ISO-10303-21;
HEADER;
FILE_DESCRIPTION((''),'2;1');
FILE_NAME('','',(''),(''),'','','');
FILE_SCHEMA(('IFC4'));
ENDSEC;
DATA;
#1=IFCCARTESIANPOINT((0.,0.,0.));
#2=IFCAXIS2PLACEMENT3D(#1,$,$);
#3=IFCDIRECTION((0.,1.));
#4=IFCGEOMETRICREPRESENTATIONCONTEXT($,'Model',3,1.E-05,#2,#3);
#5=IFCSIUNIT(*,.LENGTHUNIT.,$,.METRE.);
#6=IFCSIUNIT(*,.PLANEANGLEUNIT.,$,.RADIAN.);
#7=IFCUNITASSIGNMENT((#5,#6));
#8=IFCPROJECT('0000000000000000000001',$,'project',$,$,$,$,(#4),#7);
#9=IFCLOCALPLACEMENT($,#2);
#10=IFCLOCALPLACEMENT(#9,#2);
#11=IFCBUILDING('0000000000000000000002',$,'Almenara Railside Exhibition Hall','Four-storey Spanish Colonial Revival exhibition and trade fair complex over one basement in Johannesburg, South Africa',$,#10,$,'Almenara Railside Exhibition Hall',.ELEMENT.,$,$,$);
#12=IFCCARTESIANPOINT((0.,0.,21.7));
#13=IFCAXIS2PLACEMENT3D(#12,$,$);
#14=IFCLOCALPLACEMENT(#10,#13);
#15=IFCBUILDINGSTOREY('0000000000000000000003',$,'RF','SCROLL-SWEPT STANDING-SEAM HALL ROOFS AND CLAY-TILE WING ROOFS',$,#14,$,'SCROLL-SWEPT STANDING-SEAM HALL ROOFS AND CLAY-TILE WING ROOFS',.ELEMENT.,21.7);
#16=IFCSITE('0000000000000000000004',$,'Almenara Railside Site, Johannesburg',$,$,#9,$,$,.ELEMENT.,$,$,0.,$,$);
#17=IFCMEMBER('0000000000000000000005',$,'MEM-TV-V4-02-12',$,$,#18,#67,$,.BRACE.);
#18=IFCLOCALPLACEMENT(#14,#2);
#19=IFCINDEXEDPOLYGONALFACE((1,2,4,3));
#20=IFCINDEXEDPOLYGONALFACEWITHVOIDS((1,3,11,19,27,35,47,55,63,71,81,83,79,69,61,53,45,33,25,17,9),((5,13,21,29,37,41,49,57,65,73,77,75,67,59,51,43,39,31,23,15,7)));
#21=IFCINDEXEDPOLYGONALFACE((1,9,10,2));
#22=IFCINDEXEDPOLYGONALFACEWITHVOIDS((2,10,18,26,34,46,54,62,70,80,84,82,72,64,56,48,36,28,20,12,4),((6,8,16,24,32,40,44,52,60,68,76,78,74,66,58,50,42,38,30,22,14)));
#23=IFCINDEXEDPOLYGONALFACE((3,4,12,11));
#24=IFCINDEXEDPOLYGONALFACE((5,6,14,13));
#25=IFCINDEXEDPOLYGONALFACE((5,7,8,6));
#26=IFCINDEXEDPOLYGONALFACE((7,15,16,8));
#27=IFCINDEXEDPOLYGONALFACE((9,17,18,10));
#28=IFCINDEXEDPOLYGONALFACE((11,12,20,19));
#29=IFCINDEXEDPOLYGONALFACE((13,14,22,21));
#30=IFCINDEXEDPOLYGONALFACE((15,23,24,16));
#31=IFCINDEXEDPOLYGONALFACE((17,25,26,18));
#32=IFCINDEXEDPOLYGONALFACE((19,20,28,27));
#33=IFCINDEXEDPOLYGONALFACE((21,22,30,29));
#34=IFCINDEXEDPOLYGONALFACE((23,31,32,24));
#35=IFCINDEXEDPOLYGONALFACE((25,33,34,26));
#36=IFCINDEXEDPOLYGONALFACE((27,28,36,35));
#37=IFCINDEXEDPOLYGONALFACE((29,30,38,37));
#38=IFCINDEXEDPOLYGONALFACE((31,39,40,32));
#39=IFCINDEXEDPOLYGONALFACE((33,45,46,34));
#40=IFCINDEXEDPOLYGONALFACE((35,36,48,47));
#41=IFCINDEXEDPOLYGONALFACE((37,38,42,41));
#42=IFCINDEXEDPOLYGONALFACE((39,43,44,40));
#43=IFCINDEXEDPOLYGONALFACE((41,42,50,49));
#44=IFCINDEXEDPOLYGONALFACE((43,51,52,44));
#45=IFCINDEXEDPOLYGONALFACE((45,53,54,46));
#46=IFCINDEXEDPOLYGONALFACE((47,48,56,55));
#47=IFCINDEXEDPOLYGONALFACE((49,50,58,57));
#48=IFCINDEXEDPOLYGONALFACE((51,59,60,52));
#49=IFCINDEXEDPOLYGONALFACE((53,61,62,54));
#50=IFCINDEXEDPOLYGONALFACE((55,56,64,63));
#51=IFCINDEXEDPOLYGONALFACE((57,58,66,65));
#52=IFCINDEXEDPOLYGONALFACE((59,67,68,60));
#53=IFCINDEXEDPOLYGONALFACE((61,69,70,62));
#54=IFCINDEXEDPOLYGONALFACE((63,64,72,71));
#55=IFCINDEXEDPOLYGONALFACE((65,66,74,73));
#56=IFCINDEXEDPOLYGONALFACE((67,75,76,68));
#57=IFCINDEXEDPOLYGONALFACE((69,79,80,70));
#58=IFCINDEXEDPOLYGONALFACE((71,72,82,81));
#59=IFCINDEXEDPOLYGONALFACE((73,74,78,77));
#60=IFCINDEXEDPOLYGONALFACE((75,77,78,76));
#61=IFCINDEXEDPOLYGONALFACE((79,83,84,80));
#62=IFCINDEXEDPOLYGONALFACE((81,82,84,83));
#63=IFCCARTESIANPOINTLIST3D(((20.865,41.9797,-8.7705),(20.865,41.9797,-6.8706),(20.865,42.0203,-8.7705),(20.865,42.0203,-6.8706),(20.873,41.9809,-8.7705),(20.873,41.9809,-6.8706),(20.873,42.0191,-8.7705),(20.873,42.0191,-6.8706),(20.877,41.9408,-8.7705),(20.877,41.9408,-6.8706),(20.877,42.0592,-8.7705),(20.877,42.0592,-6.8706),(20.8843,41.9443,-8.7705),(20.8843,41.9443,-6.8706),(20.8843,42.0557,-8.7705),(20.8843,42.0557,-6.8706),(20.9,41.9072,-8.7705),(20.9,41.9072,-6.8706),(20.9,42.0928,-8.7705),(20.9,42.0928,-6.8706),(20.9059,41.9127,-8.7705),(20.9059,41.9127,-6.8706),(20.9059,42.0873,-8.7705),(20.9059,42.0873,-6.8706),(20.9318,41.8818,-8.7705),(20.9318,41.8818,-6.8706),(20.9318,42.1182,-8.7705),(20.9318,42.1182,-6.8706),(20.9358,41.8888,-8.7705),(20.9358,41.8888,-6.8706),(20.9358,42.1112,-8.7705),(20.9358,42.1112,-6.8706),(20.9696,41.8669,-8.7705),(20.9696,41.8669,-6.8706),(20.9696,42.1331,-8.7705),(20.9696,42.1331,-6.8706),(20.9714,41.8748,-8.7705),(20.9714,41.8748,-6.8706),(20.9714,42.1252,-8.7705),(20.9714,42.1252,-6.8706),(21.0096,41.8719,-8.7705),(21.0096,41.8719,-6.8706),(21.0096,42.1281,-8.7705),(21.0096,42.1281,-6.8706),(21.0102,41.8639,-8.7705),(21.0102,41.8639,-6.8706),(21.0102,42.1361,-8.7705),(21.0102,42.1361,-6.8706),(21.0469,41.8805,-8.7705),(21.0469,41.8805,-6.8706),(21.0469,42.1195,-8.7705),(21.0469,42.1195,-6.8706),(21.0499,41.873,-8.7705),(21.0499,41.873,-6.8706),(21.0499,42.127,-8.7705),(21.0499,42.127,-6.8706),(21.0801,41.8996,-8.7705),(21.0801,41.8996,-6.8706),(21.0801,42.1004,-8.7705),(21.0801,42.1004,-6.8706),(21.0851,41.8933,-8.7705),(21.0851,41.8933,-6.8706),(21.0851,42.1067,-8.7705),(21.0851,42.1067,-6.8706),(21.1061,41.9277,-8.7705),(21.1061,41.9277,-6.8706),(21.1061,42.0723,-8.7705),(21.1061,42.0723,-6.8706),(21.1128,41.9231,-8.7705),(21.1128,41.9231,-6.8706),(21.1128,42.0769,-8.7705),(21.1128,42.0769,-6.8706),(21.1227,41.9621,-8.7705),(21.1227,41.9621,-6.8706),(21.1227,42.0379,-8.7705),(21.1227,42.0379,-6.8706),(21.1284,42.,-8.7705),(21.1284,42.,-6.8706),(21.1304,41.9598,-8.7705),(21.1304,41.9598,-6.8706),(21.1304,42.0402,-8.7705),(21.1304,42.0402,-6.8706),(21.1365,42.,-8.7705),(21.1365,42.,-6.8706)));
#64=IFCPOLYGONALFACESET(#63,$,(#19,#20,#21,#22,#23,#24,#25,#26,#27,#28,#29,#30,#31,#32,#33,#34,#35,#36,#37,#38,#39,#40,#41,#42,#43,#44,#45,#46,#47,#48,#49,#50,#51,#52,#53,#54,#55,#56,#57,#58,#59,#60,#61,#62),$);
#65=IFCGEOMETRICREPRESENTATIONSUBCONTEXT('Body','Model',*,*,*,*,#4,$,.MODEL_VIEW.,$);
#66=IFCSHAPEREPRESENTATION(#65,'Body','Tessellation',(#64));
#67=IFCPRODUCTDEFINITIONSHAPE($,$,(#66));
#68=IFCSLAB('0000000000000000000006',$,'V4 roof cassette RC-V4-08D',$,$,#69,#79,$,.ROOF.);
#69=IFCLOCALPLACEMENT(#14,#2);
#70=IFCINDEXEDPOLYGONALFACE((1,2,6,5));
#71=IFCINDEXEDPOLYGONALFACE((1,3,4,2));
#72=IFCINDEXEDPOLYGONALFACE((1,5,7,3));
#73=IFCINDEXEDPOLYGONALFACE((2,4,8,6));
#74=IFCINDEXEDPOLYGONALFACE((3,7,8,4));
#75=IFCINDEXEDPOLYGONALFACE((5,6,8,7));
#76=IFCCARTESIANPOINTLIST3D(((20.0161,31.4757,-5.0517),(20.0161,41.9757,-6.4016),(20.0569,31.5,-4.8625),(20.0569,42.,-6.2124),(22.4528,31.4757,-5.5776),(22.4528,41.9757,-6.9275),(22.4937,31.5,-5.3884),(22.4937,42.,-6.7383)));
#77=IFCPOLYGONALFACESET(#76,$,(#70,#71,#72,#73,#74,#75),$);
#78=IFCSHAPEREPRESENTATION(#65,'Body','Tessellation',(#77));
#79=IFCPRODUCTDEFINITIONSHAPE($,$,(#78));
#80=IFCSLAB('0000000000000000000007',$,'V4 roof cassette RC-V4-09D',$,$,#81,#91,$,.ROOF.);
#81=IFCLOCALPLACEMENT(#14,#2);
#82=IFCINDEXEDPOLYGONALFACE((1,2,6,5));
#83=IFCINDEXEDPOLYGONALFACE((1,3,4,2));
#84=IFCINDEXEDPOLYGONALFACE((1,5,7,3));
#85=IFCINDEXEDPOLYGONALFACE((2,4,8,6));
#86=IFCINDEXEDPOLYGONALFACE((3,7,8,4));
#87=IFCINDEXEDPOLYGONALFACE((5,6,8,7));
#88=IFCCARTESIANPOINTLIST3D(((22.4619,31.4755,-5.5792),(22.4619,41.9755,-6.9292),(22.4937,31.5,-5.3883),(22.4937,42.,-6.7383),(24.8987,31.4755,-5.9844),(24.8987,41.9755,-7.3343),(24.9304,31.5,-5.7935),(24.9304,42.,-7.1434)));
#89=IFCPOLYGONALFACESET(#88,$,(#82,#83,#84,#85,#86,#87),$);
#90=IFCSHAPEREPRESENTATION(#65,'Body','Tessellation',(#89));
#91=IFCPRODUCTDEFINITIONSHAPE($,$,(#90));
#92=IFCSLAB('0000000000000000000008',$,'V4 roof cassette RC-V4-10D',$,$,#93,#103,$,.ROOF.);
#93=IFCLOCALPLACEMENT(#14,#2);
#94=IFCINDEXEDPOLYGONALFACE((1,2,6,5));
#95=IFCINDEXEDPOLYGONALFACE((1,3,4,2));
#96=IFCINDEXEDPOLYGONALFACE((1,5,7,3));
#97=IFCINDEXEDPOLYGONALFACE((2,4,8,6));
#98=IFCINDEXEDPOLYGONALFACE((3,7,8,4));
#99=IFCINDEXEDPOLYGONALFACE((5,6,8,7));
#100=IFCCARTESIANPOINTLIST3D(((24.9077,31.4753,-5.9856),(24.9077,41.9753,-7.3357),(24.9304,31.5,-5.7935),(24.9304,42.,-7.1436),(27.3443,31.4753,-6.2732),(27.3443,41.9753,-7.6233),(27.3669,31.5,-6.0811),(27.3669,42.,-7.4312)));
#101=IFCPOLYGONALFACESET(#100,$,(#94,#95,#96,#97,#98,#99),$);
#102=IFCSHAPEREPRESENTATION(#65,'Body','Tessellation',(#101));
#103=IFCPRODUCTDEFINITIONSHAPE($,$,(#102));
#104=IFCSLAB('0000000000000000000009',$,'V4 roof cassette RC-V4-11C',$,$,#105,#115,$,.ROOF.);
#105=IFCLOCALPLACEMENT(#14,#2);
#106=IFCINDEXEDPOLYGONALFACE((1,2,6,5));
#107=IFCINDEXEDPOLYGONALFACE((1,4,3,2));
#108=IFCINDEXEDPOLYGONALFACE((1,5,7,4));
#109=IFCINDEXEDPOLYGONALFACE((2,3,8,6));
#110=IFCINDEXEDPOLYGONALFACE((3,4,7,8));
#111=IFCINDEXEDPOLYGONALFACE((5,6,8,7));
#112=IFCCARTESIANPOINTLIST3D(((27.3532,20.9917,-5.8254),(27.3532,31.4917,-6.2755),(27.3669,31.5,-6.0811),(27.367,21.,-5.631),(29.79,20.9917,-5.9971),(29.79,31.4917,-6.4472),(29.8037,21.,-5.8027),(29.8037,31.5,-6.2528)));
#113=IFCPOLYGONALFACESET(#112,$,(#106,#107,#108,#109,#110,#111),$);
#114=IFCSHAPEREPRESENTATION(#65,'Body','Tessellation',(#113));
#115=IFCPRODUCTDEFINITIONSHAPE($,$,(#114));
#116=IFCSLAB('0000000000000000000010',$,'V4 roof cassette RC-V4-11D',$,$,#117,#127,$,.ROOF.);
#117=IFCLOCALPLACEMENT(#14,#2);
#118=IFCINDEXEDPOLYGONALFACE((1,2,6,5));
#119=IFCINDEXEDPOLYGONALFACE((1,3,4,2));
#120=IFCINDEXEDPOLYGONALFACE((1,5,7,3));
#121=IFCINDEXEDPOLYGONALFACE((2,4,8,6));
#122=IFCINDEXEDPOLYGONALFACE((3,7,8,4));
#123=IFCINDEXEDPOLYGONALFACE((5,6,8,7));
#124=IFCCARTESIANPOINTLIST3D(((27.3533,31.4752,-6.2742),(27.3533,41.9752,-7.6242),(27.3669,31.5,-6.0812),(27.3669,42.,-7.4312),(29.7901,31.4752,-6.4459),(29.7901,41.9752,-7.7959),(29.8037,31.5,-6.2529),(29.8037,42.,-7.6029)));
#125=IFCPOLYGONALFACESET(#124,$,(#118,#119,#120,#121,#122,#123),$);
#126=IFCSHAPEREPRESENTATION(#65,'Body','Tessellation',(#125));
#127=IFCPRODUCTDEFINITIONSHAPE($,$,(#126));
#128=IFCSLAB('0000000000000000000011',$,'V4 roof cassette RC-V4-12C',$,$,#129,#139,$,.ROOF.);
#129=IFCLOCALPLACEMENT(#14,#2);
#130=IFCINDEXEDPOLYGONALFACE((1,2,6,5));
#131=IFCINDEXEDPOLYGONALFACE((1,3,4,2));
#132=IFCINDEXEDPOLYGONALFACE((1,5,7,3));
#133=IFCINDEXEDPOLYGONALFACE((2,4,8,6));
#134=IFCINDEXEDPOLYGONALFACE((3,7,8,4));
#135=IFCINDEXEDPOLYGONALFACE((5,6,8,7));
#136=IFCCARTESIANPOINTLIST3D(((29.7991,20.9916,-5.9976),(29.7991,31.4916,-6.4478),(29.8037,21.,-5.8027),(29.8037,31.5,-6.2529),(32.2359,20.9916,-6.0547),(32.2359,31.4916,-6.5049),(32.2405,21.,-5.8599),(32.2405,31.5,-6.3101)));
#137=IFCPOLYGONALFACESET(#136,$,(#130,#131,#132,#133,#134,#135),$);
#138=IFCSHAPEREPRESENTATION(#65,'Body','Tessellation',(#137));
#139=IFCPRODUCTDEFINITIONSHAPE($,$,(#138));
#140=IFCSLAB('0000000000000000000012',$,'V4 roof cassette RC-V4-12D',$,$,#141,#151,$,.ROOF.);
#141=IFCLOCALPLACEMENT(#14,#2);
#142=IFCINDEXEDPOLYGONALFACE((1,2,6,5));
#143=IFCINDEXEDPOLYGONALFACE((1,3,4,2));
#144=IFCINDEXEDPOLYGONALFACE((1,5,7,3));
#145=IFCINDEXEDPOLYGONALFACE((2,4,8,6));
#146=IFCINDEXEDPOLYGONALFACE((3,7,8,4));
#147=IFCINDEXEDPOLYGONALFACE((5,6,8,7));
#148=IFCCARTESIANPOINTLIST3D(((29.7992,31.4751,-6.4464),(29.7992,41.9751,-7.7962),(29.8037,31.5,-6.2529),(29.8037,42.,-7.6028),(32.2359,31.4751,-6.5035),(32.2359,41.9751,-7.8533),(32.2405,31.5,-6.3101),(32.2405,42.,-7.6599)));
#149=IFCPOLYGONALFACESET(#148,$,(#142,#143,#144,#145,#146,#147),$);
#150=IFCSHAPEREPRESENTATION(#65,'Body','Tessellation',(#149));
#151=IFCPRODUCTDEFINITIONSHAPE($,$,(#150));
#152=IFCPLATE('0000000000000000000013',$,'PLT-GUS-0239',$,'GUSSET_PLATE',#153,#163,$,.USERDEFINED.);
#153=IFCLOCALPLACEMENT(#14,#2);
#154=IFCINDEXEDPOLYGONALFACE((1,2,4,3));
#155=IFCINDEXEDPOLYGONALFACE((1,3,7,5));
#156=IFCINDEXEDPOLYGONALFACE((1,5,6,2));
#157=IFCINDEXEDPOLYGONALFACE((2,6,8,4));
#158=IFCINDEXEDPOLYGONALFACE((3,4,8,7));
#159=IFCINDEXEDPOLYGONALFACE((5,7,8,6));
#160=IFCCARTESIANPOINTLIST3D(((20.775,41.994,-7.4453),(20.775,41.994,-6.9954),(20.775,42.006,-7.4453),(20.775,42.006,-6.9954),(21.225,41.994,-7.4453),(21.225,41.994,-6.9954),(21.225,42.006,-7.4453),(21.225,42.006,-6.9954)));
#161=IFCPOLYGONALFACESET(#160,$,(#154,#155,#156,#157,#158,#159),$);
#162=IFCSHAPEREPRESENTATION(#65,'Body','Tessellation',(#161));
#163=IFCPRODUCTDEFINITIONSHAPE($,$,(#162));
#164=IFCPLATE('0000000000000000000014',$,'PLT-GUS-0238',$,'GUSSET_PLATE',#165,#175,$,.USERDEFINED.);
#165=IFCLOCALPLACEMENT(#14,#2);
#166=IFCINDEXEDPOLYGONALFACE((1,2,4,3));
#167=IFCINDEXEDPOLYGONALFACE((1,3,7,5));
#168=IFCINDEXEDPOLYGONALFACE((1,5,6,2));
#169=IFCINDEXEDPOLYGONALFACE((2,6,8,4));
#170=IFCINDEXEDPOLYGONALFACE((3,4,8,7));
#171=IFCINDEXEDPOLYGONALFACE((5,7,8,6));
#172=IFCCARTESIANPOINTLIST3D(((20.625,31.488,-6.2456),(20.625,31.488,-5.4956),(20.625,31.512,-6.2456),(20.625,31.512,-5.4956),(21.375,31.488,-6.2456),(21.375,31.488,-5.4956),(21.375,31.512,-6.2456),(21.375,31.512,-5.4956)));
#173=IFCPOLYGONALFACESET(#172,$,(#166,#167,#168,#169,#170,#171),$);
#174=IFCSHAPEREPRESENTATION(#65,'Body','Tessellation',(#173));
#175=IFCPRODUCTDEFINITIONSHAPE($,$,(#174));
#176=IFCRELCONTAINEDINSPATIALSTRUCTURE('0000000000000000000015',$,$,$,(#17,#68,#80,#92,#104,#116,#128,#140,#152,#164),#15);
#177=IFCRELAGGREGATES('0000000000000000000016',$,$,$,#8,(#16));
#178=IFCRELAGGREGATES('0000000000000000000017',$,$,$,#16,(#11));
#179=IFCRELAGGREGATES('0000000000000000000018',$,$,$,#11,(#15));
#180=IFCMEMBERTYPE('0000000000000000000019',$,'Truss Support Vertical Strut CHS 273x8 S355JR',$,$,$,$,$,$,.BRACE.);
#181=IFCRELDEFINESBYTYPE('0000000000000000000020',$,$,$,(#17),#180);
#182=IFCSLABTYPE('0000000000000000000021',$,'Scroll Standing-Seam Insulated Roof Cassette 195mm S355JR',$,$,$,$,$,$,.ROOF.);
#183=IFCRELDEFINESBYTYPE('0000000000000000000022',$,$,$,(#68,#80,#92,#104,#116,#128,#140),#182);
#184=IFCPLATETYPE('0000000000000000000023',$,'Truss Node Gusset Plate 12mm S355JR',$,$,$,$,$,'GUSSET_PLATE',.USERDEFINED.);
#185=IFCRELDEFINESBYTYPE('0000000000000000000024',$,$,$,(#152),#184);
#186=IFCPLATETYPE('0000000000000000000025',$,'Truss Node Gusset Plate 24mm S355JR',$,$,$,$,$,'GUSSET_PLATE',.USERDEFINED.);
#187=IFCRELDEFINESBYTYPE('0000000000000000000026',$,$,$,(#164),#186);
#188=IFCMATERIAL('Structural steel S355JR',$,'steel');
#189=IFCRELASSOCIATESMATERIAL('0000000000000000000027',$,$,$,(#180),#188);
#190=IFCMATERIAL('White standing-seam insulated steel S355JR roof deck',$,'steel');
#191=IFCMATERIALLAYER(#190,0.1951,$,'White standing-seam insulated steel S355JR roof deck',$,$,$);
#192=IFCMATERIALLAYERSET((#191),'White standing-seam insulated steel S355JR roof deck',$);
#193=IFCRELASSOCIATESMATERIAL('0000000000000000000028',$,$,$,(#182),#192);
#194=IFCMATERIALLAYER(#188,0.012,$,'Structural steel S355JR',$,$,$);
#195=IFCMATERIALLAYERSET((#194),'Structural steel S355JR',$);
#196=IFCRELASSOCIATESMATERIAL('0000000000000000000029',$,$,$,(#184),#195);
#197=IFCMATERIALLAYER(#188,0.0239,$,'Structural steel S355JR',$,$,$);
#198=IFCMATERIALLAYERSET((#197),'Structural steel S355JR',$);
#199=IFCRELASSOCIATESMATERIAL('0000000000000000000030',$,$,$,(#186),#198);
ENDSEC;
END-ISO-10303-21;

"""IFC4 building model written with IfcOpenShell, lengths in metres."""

from ifc_helpers import new_model, si_unit, direction, frame, origin, origin_2d, place, context, subcontext, project, spatial, polyline, rectangle, hollow_circle, outline, extrude, material, layer, layer_set, material_profile, profile_set, type_object, element, save


model = new_model("IFC4")

# Units and contexts
model_context = context("Model", 3, precision=1e-05, world=origin(), true_north=direction((0.0, 1.0)))
body_context = subcontext(model_context, "Body", "Model", "MODEL_VIEW")
ifc_project = project(units=[si_unit("LENGTHUNIT", "METRE"), si_unit("PLANEANGLEUNIT", "RADIAN")], contexts=[model_context])

# Site, building, storey
site_placement = place(None, origin())
site = spatial("IfcSite", under=ifc_project, at=site_placement, Name="Almenara Railside Site, Johannesburg", CompositionType="ELEMENT", RefElevation=0.0)
building_placement = place(site_placement, origin())
building = spatial("IfcBuilding", under=site, at=building_placement, Name="Almenara Railside Exhibition Hall", Description="Four-storey Spanish Colonial Revival exhibition and trade fair complex over one basement in Johannesburg, South Africa", LongName="Almenara Railside Exhibition Hall", CompositionType="ELEMENT")
storey_placement = place(building_placement, frame((0.0, 0.0, 21.7)))
storey = spatial("IfcBuildingStorey", under=building, at=storey_placement, Name="RF", Description="SCROLL-SWEPT STANDING-SEAM HALL ROOFS AND CLAY-TILE WING ROOFS", LongName="SCROLL-SWEPT STANDING-SEAM HALL ROOFS AND CLAY-TILE WING ROOFS", CompositionType="ELEMENT", Elevation=21.7)

# Shared definitions
ifc_material_1 = material(Name="Structural steel S355JR", Category="steel")

# Member
ifc_material_profile_1 = material_profile(ifc_material_1, hollow_circle(Radius=0.1365, WallThickness=0.0081, at=origin_2d()), Name="CHS 273x8")
ifc_profile_set_1 = profile_set([ifc_material_profile_1], Name="Structural steel S355JR")
member_type_1 = type_object("IfcMemberType", Name="Truss Support Vertical Strut CHS 273x8 S355JR", PredefinedType="BRACE", material=ifc_profile_set_1)
member_1_placement = place(storey_placement, frame((21.0, 42.0, -8.7705), z_axis=(0.0, 0.0, 1.0), x_axis=(1.0, 0.0, 0.0)))
element("IfcMember", 1, at=member_1_placement, inside=storey, type_object=member_type_1, Name="MEM-TV-V4-02-12", PredefinedType="BRACE", context=body_context, shape_type="SweptSolid", body=[
    extrude(hollow_circle(Radius=0.1365, WallThickness=0.0081, at=origin_2d()), origin(), (0.0, 0.0, 1.0), 1.8999),
])

# Slabs
ifc_material_2 = material(Name="White standing-seam insulated steel S355JR roof deck", Category="steel")
ifc_layer_1 = layer(ifc_material_2, 0.1951, Name="White standing-seam insulated steel S355JR roof deck")
ifc_layer_set_1 = layer_set([ifc_layer_1], Name="White standing-seam insulated steel S355JR roof deck")
slab_type = type_object("IfcSlabType", Name="Scroll Standing-Seam Insulated Roof Cassette 195mm S355JR", PredefinedType="ROOF", material=ifc_layer_set_1)
slab_1_placement = place(storey_placement, frame((20.0569, 42.0, -6.2124), z_axis=(0.209307, 0.124684, 0.969868), x_axis=(0.977496, 0.0, -0.210953)))
element("IfcSlab", 2, at=slab_1_placement, inside=storey, type_object=slab_type, Name="V4 roof cassette RC-V4-08D", PredefinedType="ROOF", context=body_context, shape_type="SweptSolid", body=[
    extrude(outline(polyline([(0.0, 0.0), (2.4929, 0.0), (2.2081, -10.5826), (-0.2848, -10.5826), (0.0, 0.0)])), origin(), (0.0, 0.0, -1.0), 0.1951),
])
slab_2_placement = place(storey_placement, frame((22.4937, 42.0, -6.7383), z_axis=(0.162711, 0.12582, 0.978619), x_axis=(0.986458, 0.000006, -0.164015)))
element("IfcSlab", 3, at=slab_2_placement, inside=storey, type_object=slab_type, Name="V4 roof cassette RC-V4-09D", PredefinedType="ROOF", context=body_context, shape_type="SweptSolid", body=[
    extrude(outline(polyline([(0.0, 0.0), (2.4702, 0.0), (2.2487, -10.5841), (-0.2215, -10.5841), (0.0, 0.0)])), origin(), (0.0, 0.0, -1.0), 0.1951),
])
slab_3_placement = place(storey_placement, frame((24.9304, 42.0, -7.1436), z_axis=(0.116278, 0.126666, 0.985107), x_axis=(0.993106, 0.0, -0.117222)))
element("IfcSlab", 4, at=slab_3_placement, inside=storey, type_object=slab_type, Name="V4 roof cassette RC-V4-10D", PredefinedType="ROOF", context=body_context, shape_type="SweptSolid", body=[
    extrude(outline(polyline([(0.0, 0.0), (2.4534, 0.0), (2.2952, -10.5853), (-0.1583, -10.5853), (0.0, 0.0)])), origin(), (0.0, 0.0, -1.0), 0.1951),
])
slab_4_placement = place(storey_placement, frame((27.3669, 31.5, -6.0811), z_axis=(0.070245, 0.042719, 0.996615), x_axis=(0.997525, 0.000002, -0.07031)))
element("IfcSlab", 5, at=slab_4_placement, inside=storey, type_object=slab_type, Name="V4 roof cassette RC-V4-11C", PredefinedType="ROOF", context=body_context, shape_type="SweptSolid", body=[
    extrude(outline(polyline([(0.0, 0.0), (2.4428, 0.0), (2.4111, -10.5096), (-0.0317, -10.5096), (0.0, 0.0)])), origin(), (0.0, 0.0, -1.0), 0.1951),
])
slab_5_placement = place(storey_placement, frame((27.3669, 42.0, -7.4312), z_axis=(0.069738, 0.127209, 0.989421), x_axis=(0.997525, -0.000006, -0.070309)))
element("IfcSlab", 6, at=slab_5_placement, inside=storey, type_object=slab_type, Name="V4 roof cassette RC-V4-11D", PredefinedType="ROOF", context=body_context, shape_type="SweptSolid", body=[
    extrude(outline(polyline([(0.0, 0.0), (2.4428, 0.0), (2.348, -10.586), (-0.0949, -10.586), (0.0, 0.0)])), origin(), (0.0, 0.0, -1.0), 0.1951),
])
slab_6_placement = place(storey_placement, frame((29.8037, 31.5, -6.2529), z_axis=(0.023417, 0.042825, 0.998808), x_axis=(0.999725, 0.0, -0.023438)))
element("IfcSlab", 7, at=slab_6_placement, inside=storey, type_object=slab_type, Name="V4 roof cassette RC-V4-12C", PredefinedType="ROOF", context=body_context, shape_type="SweptSolid", body=[
    extrude(outline(polyline([(0.0, 0.0), (2.4374, 0.0), (2.4269, -10.5096), (-0.0106, -10.5096), (0.0, 0.0)])), origin(), (0.0, 0.0, -1.0), 0.1951),
])
slab_7_placement = place(storey_placement, frame((29.8037, 42.0, -7.6028), z_axis=(0.023247, 0.127474, 0.991569), x_axis=(0.999725, 0.0, -0.023438)))
element("IfcSlab", 8, at=slab_7_placement, inside=storey, type_object=slab_type, Name="V4 roof cassette RC-V4-12D", PredefinedType="ROOF", context=body_context, shape_type="SweptSolid", body=[
    extrude(outline(polyline([(0.0, 0.0), (2.4374, 0.0), (2.4058, -10.5864), (-0.0316, -10.5864), (0.0, 0.0)])), origin(), (0.0, 0.0, -1.0), 0.1951),
])

# Plates
ifc_layer_2 = layer(ifc_material_1, 0.012, Name="Structural steel S355JR")
ifc_layer_set_2 = layer_set([ifc_layer_2], Name="Structural steel S355JR")
plate_type_1 = type_object("IfcPlateType", Name="Truss Node Gusset Plate 12mm S355JR", ElementType="GUSSET_PLATE", PredefinedType="USERDEFINED", material=ifc_layer_set_2)
plate_1_placement = place(storey_placement, frame((21.0, 42.0, -7.4453), z_axis=(0.0, 0.0, 1.0), x_axis=(1.0, 0.0, 0.0)))
element("IfcPlate", 9, at=plate_1_placement, inside=storey, type_object=plate_type_1, Name="PLT-GUS-0239", ObjectType="GUSSET_PLATE", PredefinedType="USERDEFINED", context=body_context, shape_type="SweptSolid", body=[
    extrude(rectangle(XDim=0.45, YDim=0.012, at=origin_2d()), origin(), (0.0, 0.0, 1.0), 0.45),
])
ifc_layer_3 = layer(ifc_material_1, 0.0239, Name="Structural steel S355JR")
ifc_layer_set_3 = layer_set([ifc_layer_3], Name="Structural steel S355JR")
plate_type_2 = type_object("IfcPlateType", Name="Truss Node Gusset Plate 24mm S355JR", ElementType="GUSSET_PLATE", PredefinedType="USERDEFINED", material=ifc_layer_set_3)
plate_2_placement = place(storey_placement, frame((21.0, 31.5, -6.2456), z_axis=(0.0, 0.0, 1.0), x_axis=(1.0, 0.0, 0.0)))
element("IfcPlate", 10, at=plate_2_placement, inside=storey, type_object=plate_type_2, Name="PLT-GUS-0238", ObjectType="GUSSET_PLATE", PredefinedType="USERDEFINED", context=body_context, shape_type="SweptSolid", body=[
    extrude(rectangle(XDim=0.75, YDim=0.0239, at=origin_2d()), origin(), (0.0, 0.0, 1.0), 0.75),
])

save(model, "model.ifc")
